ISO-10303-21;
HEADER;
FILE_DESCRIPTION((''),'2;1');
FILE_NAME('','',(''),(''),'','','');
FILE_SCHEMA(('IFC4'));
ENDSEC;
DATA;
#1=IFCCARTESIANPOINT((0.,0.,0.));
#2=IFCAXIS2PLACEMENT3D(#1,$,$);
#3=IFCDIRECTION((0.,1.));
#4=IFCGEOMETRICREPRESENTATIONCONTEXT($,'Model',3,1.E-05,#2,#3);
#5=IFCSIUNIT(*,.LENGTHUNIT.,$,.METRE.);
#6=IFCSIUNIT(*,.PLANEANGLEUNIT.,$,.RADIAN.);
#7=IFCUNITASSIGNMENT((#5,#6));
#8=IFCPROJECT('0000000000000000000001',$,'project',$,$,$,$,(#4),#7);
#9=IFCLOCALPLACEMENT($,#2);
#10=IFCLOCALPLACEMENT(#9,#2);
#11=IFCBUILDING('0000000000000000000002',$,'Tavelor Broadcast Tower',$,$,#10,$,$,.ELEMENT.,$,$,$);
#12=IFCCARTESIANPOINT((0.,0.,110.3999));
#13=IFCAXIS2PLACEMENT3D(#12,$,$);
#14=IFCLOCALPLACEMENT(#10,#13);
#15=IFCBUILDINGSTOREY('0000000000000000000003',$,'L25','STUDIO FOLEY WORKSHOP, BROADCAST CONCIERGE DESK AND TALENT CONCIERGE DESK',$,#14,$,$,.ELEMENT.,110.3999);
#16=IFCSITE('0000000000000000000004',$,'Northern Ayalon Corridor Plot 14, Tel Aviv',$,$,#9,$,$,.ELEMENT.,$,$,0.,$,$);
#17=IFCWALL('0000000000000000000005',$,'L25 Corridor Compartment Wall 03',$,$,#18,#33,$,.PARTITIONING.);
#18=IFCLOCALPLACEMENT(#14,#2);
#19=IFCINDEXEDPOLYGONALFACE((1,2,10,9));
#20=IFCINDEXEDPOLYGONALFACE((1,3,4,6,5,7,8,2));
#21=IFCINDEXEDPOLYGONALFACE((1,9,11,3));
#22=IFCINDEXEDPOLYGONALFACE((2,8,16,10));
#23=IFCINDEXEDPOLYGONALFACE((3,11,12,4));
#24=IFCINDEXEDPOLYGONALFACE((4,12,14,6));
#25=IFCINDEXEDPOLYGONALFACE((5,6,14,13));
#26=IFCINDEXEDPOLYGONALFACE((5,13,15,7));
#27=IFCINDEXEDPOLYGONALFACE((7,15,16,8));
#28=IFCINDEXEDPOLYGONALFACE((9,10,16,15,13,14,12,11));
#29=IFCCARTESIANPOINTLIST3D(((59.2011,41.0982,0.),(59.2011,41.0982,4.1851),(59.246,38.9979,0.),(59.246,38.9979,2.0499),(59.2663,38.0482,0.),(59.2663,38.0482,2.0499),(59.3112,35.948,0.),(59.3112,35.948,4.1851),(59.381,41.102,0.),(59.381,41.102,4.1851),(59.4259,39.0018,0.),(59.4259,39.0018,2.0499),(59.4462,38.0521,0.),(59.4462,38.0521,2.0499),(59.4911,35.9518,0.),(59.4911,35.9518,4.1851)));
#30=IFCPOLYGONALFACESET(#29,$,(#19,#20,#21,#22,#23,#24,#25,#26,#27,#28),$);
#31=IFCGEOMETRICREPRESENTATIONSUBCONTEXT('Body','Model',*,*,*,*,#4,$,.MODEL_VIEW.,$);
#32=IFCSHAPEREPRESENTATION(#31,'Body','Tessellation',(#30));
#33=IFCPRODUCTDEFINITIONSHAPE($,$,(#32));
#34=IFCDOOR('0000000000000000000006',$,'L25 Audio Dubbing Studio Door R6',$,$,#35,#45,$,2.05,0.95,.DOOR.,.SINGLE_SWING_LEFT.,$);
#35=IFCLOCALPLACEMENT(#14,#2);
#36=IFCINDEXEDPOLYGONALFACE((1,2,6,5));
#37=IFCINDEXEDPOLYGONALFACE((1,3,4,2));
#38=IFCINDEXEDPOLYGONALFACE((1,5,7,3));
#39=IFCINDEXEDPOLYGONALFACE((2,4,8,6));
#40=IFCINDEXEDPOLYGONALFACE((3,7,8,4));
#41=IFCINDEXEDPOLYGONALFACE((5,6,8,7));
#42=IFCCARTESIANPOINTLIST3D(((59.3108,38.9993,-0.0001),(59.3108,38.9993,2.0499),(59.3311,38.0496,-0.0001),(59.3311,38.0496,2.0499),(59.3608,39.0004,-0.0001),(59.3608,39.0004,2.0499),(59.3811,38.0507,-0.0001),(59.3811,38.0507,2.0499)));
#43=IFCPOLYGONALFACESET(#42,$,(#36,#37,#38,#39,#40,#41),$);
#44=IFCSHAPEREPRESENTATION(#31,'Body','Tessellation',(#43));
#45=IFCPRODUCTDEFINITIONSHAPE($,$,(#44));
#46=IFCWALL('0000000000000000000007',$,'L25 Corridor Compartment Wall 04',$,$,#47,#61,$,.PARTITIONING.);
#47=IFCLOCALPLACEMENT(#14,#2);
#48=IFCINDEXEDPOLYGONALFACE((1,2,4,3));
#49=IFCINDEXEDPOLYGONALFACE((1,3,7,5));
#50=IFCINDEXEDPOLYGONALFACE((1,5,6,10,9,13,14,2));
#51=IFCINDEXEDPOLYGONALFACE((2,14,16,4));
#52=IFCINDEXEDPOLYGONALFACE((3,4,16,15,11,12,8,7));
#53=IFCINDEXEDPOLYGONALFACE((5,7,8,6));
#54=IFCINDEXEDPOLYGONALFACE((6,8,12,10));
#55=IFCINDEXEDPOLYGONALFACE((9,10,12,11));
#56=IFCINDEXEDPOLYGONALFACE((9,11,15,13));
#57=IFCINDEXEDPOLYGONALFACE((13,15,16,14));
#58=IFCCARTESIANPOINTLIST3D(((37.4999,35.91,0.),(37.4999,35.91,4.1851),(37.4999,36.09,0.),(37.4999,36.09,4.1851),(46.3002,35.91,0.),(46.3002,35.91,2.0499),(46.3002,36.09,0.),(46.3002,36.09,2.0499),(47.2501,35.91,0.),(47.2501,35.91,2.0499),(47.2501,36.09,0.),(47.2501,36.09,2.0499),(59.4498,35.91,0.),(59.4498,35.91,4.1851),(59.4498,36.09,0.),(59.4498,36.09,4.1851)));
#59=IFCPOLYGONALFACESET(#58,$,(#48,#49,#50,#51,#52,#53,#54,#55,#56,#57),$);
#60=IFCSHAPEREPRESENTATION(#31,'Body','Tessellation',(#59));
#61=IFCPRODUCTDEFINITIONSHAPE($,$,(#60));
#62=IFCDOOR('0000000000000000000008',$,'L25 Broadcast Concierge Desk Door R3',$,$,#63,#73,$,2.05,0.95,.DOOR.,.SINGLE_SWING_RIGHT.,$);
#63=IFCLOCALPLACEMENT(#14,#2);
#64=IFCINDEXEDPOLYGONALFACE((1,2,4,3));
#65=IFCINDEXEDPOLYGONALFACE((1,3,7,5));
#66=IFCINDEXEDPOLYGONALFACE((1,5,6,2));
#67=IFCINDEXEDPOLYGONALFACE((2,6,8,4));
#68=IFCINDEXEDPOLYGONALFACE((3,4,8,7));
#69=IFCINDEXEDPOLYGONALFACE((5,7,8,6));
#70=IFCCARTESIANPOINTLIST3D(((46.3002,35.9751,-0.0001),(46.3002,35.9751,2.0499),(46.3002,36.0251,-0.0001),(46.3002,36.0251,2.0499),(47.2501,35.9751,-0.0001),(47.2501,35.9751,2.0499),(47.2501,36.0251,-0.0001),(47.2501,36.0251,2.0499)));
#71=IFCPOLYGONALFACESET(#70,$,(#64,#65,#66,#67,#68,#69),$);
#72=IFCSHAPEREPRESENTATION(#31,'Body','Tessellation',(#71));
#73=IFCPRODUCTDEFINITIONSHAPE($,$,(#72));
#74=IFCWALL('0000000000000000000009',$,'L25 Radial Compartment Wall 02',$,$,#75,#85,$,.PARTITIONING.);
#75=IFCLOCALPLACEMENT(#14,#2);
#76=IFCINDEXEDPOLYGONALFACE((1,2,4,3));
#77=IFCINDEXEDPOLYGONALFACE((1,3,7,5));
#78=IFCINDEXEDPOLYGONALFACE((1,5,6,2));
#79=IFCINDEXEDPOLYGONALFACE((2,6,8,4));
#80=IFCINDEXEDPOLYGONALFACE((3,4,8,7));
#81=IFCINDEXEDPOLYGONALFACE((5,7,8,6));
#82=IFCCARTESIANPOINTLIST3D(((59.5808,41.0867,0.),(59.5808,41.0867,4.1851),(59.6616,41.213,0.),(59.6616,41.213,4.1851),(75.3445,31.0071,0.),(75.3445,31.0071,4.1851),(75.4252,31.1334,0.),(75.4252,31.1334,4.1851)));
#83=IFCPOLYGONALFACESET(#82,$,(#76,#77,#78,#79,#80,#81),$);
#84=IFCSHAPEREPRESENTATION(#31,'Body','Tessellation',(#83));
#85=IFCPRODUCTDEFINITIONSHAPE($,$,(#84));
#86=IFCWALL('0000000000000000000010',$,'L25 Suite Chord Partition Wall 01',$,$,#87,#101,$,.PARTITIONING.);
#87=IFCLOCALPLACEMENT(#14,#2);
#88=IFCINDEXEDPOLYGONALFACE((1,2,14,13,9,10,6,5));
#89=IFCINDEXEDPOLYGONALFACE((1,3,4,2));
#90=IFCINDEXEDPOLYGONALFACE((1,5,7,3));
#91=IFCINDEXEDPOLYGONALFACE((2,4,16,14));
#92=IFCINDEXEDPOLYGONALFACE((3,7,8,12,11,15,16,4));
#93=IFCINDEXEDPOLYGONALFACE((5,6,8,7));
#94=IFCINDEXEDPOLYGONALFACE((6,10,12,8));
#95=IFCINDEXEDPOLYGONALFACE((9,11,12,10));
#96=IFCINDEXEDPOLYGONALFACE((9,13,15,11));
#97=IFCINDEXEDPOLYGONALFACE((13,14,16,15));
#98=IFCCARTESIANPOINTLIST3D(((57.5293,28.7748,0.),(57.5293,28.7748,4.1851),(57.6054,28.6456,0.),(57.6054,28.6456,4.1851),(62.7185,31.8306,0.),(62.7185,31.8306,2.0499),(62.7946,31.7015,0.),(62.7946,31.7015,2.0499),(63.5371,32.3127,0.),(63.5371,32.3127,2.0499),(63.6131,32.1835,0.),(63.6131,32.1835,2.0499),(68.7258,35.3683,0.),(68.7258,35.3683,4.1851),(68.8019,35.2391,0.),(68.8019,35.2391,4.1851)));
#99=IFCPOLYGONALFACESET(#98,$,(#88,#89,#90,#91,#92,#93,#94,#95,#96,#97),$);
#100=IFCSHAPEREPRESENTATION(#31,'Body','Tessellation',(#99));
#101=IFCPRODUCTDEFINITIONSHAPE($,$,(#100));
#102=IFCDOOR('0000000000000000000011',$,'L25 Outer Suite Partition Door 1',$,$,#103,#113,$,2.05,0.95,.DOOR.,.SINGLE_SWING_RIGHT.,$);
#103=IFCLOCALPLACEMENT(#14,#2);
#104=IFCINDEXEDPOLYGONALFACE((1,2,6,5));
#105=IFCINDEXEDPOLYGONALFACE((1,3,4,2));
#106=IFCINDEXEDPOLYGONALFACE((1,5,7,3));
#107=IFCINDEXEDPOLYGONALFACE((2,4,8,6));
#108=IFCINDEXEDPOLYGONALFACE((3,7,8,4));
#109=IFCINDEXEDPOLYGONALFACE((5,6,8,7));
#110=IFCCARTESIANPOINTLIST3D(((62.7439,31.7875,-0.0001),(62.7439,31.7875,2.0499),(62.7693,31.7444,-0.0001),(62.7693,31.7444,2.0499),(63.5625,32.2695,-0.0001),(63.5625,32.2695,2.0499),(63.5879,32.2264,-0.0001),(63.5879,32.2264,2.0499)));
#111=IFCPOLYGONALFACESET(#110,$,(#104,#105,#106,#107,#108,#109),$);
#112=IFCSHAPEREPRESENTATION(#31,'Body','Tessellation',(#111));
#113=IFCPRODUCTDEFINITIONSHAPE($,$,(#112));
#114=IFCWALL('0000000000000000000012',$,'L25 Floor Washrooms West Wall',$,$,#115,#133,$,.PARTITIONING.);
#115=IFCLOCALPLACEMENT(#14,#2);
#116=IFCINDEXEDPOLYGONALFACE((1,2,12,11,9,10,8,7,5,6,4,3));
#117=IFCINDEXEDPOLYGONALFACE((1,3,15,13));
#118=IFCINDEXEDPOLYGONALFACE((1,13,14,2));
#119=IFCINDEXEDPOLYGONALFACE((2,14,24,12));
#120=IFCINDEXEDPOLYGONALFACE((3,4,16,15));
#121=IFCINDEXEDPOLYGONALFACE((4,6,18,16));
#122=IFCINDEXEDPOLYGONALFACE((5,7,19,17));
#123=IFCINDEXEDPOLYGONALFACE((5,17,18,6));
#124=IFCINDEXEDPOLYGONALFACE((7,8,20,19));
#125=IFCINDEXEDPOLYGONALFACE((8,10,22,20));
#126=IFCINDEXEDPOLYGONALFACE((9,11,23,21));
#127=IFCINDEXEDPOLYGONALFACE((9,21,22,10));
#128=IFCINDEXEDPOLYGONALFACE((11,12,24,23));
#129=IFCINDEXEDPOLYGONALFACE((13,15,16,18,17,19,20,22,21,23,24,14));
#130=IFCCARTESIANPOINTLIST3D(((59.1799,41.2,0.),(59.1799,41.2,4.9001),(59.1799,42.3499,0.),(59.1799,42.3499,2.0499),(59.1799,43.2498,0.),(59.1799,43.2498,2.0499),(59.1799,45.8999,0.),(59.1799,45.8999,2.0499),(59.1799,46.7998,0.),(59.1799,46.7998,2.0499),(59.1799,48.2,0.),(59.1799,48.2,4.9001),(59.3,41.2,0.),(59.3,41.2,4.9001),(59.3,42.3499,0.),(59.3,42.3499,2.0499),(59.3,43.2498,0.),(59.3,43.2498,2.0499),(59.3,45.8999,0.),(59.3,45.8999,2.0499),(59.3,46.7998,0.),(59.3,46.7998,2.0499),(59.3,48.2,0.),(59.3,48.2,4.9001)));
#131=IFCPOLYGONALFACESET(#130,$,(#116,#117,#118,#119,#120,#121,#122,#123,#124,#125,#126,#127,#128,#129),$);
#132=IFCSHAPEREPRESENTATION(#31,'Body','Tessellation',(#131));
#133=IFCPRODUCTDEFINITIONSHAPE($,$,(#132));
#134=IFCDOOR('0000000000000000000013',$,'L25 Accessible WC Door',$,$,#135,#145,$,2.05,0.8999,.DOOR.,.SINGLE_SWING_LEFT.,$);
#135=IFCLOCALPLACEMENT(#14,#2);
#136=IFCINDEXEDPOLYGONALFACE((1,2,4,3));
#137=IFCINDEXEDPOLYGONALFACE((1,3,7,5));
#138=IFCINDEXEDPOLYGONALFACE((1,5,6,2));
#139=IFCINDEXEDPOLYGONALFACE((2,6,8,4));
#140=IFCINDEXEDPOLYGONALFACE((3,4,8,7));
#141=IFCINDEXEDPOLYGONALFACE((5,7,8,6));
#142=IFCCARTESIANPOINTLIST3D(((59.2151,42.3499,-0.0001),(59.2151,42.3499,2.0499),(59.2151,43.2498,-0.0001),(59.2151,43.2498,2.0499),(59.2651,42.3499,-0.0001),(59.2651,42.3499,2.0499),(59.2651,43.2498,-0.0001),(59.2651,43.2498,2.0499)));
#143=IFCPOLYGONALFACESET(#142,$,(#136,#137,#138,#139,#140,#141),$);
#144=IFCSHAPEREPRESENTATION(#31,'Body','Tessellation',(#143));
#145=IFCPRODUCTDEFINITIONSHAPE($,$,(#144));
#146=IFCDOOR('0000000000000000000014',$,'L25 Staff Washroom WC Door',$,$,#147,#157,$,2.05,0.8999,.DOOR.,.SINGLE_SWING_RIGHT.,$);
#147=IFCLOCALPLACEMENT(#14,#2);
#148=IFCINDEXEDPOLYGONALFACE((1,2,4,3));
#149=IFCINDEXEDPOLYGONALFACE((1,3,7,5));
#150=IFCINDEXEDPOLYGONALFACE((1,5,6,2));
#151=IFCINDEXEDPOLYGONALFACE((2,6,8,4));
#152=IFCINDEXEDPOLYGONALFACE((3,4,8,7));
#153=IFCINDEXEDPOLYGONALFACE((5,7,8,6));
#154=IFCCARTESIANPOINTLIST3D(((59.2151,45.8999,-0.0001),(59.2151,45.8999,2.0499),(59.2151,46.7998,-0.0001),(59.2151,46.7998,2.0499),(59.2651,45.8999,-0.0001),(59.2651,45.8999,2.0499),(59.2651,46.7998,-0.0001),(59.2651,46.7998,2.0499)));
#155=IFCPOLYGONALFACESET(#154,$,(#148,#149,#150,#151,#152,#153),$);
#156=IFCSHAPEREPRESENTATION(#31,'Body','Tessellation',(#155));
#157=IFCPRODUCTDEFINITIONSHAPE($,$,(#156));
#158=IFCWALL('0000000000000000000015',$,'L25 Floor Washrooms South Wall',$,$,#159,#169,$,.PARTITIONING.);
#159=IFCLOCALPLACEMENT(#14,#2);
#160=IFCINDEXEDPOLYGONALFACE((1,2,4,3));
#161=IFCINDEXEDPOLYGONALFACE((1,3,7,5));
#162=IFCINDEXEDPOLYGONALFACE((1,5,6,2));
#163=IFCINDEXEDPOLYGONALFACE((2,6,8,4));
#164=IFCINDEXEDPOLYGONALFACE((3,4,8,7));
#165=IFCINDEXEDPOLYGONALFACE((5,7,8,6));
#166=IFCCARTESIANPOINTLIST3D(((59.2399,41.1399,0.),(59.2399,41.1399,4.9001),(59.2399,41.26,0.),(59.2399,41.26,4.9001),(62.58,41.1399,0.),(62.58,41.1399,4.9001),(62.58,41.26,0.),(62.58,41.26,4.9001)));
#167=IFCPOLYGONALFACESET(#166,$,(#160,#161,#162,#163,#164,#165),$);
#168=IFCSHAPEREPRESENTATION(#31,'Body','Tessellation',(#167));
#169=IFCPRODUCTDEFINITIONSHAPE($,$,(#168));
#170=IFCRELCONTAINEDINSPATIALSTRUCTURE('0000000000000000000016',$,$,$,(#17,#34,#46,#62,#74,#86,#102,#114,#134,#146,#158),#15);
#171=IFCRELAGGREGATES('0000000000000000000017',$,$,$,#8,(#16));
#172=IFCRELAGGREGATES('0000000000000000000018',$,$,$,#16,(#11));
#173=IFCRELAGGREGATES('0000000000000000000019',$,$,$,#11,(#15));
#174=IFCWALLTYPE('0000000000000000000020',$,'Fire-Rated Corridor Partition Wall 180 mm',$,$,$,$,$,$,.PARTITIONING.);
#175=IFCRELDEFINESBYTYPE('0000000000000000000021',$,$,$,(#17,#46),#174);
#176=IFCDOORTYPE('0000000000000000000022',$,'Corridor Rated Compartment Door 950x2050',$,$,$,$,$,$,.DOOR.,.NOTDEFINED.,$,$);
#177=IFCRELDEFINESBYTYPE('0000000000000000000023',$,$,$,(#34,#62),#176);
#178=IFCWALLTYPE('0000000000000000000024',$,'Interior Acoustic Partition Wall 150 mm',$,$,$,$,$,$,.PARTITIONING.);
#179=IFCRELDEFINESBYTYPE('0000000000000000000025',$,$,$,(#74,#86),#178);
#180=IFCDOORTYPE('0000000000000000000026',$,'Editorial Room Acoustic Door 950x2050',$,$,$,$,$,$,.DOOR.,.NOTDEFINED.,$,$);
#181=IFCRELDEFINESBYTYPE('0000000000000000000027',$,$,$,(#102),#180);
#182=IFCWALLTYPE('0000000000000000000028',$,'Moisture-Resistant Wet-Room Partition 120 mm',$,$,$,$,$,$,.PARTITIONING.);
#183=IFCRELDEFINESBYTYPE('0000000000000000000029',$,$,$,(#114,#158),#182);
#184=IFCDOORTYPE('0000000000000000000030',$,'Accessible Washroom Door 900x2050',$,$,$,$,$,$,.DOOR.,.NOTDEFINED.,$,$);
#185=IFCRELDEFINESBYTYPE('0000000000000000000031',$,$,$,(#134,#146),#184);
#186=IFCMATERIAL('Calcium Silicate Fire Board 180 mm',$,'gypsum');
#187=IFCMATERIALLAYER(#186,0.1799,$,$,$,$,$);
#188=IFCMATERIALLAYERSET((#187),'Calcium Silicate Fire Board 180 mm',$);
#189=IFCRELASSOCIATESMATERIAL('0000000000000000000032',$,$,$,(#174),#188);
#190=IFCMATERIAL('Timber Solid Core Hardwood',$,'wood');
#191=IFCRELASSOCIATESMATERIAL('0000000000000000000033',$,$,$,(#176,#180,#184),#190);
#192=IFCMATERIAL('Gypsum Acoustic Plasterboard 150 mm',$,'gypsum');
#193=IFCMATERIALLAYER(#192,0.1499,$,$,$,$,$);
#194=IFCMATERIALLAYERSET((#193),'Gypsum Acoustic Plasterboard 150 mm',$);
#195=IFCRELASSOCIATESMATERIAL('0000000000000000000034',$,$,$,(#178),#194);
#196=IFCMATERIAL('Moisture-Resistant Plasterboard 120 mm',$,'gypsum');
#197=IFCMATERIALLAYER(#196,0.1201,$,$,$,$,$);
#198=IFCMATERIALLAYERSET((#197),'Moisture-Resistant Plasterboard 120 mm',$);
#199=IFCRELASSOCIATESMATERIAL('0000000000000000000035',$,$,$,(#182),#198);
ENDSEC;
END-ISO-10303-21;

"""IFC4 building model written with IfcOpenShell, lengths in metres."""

from ifc_helpers import new_model, si_unit, direction, frame, frame_2d, origin, place, context, subcontext, project, spatial, rectangle, extrude, material, layer, layer_set, type_object, element, fill, save


model = new_model("IFC4")

# Units and contexts
model_context = context("Model", 3, precision=1e-05, world=origin(), true_north=direction((0.0, 1.0)))
body_context = subcontext(model_context, "Body", "Model", "MODEL_VIEW")
ifc_project = project(units=[si_unit("LENGTHUNIT", "METRE"), si_unit("PLANEANGLEUNIT", "RADIAN")], contexts=[model_context])

# Site, building, storey
site_placement = place(None, origin())
site = spatial("IfcSite", under=ifc_project, at=site_placement, Name="Northern Ayalon Corridor Plot 14, Tel Aviv", CompositionType="ELEMENT", RefElevation=0.0)
building_placement = place(site_placement, origin())
building = spatial("IfcBuilding", under=site, at=building_placement, Name="Tavelor Broadcast Tower", CompositionType="ELEMENT")
storey_placement = place(building_placement, frame((0.0, 0.0, 110.3999)))
storey = spatial("IfcBuildingStorey", under=building, at=storey_placement, Name="L25", Description="STUDIO FOLEY WORKSHOP, BROADCAST CONCIERGE DESK AND TALENT CONCIERGE DESK", CompositionType="ELEMENT", Elevation=110.3999)

# Walls, openings, doors
ifc_material_1 = material(Name="Calcium Silicate Fire Board 180 mm", Category="gypsum")
ifc_layer_1 = layer(ifc_material_1, 0.1799)
ifc_layer_set_1 = layer_set([ifc_layer_1], Name="Calcium Silicate Fire Board 180 mm")
wall_type_1 = type_object("IfcWallType", Name="Fire-Rated Corridor Partition Wall 180 mm", PredefinedType="PARTITIONING", material=ifc_layer_set_1)
wall_1_placement = place(storey_placement, frame((59.291, 41.1001, 0.0), z_axis=(0.0, 0.0, 1.0), x_axis=(0.021375, -0.999772, 0.0)))
wall_1 = element("IfcWall", 1, at=wall_1_placement, inside=storey, type_object=wall_type_1, Name="L25 Corridor Compartment Wall 03", PredefinedType="PARTITIONING", context=body_context, shape_type="SweptSolid", body=[
    extrude(rectangle(XDim=5.1514, YDim=0.1799, at=frame_2d((2.5757, 0.0))), origin(), (0.0, 0.0, 1.0), 4.1851),
])
opening_1_placement = place(wall_1_placement, frame((2.1006, 0.0, 0.0)))
opening_1 = element("IfcOpeningElement", 2, at=opening_1_placement, cuts=wall_1, PredefinedType="OPENING", context=body_context, shape_type="SweptSolid", body=[
    extrude(rectangle(XDim=0.95, YDim=2.05, at=frame_2d((0.4751, 1.0249))), frame((0.0, 0.1001, 0.0), z_axis=(0.0, -1.0, 0.0), x_axis=(1.0, 0.0, 0.0)), (0.0, 0.0, 1.0), 0.2),
])
ifc_material_2 = material(Name="Timber Solid Core Hardwood", Category="wood")
door_type_1 = type_object("IfcDoorType", Name="Corridor Rated Compartment Door 950x2050", OperationType="NOTDEFINED", PredefinedType="DOOR", material=ifc_material_2)
door_1_placement = place(opening_1_placement, origin())
door_1 = element("IfcDoor", 3, at=door_1_placement, inside=storey, type_object=door_type_1, Name="L25 Audio Dubbing Studio Door R6", OperationType="SINGLE_SWING_LEFT", OverallHeight=2.05, OverallWidth=0.95, PredefinedType="DOOR", context=body_context, shape_type="SweptSolid", body=[
    extrude(rectangle(XDim=0.95, YDim=2.05, at=frame_2d((0.4751, 1.0249))), frame((0.0, 0.0249, 0.0), z_axis=(0.0, -1.0, 0.0), x_axis=(1.0, 0.0, 0.0)), (0.0, 0.0, 1.0), 0.05),
])
fill(opening_1, door_1)
wall_2_placement = place(storey_placement, frame((59.45, 36.0, 0.0), z_axis=(0.0, 0.0, 1.0), x_axis=(-1.0, 0.0, 0.0)))
wall_2 = element("IfcWall", 4, at=wall_2_placement, inside=storey, type_object=wall_type_1, Name="L25 Corridor Compartment Wall 04", PredefinedType="PARTITIONING", context=body_context, shape_type="SweptSolid", body=[
    extrude(rectangle(XDim=21.95, YDim=0.1799, at=frame_2d((10.9751, 0.0))), origin(), (0.0, 0.0, 1.0), 4.1851),
])
opening_2_placement = place(wall_2_placement, frame((12.1997, 0.0, 0.0)))
opening_2 = element("IfcOpeningElement", 5, at=opening_2_placement, cuts=wall_2, PredefinedType="OPENING", context=body_context, shape_type="SweptSolid", body=[
    extrude(rectangle(XDim=0.95, YDim=2.05, at=frame_2d((0.4751, 1.0249))), frame((0.0, 0.1001, 0.0), z_axis=(0.0, -1.0, 0.0), x_axis=(1.0, 0.0, 0.0)), (0.0, 0.0, 1.0), 0.2),
])
door_2_placement = place(opening_2_placement, origin())
door_2 = element("IfcDoor", 6, at=door_2_placement, inside=storey, type_object=door_type_1, Name="L25 Broadcast Concierge Desk Door R3", OperationType="SINGLE_SWING_RIGHT", OverallHeight=2.05, OverallWidth=0.95, PredefinedType="DOOR", context=body_context, shape_type="SweptSolid", body=[
    extrude(rectangle(XDim=0.95, YDim=2.05, at=frame_2d((0.4751, 1.0249))), frame((0.0, 0.0249, 0.0), z_axis=(0.0, -1.0, 0.0), x_axis=(1.0, 0.0, 0.0)), (0.0, 0.0, 1.0), 0.05),
])
fill(opening_2, door_2)

# Wall
ifc_material_3 = material(Name="Gypsum Acoustic Plasterboard 150 mm", Category="gypsum")
ifc_layer_2 = layer(ifc_material_3, 0.1499)
ifc_layer_set_2 = layer_set([ifc_layer_2], Name="Gypsum Acoustic Plasterboard 150 mm")
wall_type_2 = type_object("IfcWallType", Name="Interior Acoustic Partition Wall 150 mm", PredefinedType="PARTITIONING", material=ifc_layer_set_2)
wall_3_placement = place(storey_placement, frame((59.6211, 41.1499, 0.0), z_axis=(0.0, 0.0, 1.0), x_axis=(0.842494, -0.538706, 0.0)))
element("IfcWall", 7, at=wall_3_placement, inside=storey, type_object=wall_type_2, Name="L25 Radial Compartment Wall 02", PredefinedType="PARTITIONING", context=body_context, shape_type="SweptSolid", body=[
    extrude(rectangle(XDim=18.7107, YDim=0.1499, at=frame_2d((9.3555, 0.0))), origin(), (0.0, 0.0, 1.0), 4.1851),
])

# Wall, opening, door
wall_4_placement = place(storey_placement, frame((57.5674, 28.7102, 0.0), z_axis=(0.0, 0.0, 1.0), x_axis=(0.861688, 0.507438, 0.0)))
wall_4 = element("IfcWall", 8, at=wall_4_placement, inside=storey, type_object=wall_type_2, Name="L25 Suite Chord Partition Wall 01", PredefinedType="PARTITIONING", context=body_context, shape_type="SweptSolid", body=[
    extrude(rectangle(XDim=12.9937, YDim=0.1499, at=frame_2d((6.4968, 0.0))), origin(), (0.0, 0.0, 1.0), 4.1851),
])
opening_3_placement = place(wall_4_placement, frame((6.022, 0.0, 0.0)))
opening_3 = element("IfcOpeningElement", 9, at=opening_3_placement, cuts=wall_4, PredefinedType="OPENING", context=body_context, shape_type="SweptSolid", body=[
    extrude(rectangle(XDim=0.95, YDim=2.05, at=frame_2d((0.4751, 1.0249))), frame((0.0, 0.085, 0.0), z_axis=(0.0, -1.0, 0.0), x_axis=(1.0, 0.0, 0.0)), (0.0, 0.0, 1.0), 0.1699),
])
door_type_2 = type_object("IfcDoorType", Name="Editorial Room Acoustic Door 950x2050", OperationType="NOTDEFINED", PredefinedType="DOOR", material=ifc_material_2)
door_3_placement = place(opening_3_placement, origin())
door_3 = element("IfcDoor", 10, at=door_3_placement, inside=storey, type_object=door_type_2, Name="L25 Outer Suite Partition Door 1", OperationType="SINGLE_SWING_RIGHT", OverallHeight=2.05, OverallWidth=0.95, PredefinedType="DOOR", context=body_context, shape_type="SweptSolid", body=[
    extrude(rectangle(XDim=0.95, YDim=2.05, at=frame_2d((0.4751, 1.0249))), frame((0.0, 0.0249, 0.0), z_axis=(0.0, -1.0, 0.0), x_axis=(1.0, 0.0, 0.0)), (0.0, 0.0, 1.0), 0.05),
])
fill(opening_3, door_3)

# Wall, openings, doors
ifc_material_4 = material(Name="Moisture-Resistant Plasterboard 120 mm", Category="gypsum")
ifc_layer_3 = layer(ifc_material_4, 0.1201)
ifc_layer_set_3 = layer_set([ifc_layer_3], Name="Moisture-Resistant Plasterboard 120 mm")
wall_type_3 = type_object("IfcWallType", Name="Moisture-Resistant Wet-Room Partition 120 mm", PredefinedType="PARTITIONING", material=ifc_layer_set_3)
wall_5_placement = place(storey_placement, frame((59.24, 41.2, 0.0), z_axis=(0.0, 0.0, 1.0), x_axis=(0.0, 1.0, 0.0)))
wall_5 = element("IfcWall", 11, at=wall_5_placement, inside=storey, type_object=wall_type_3, Name="L25 Floor Washrooms West Wall", PredefinedType="PARTITIONING", context=body_context, shape_type="SweptSolid", body=[
    extrude(rectangle(XDim=7.0, YDim=0.1201, at=frame_2d((3.5, 0.0))), origin(), (0.0, 0.0, 1.0), 4.9001),
])
opening_4_placement = place(wall_5_placement, frame((1.1499, 0.0, 0.0)))
opening_4 = element("IfcOpeningElement", 12, at=opening_4_placement, cuts=wall_5, PredefinedType="OPENING", context=body_context, shape_type="SweptSolid", body=[
    extrude(rectangle(XDim=0.8999, YDim=2.05, at=frame_2d((0.45, 1.0249))), frame((0.0, 0.0701, 0.0), z_axis=(0.0, -1.0, 0.0), x_axis=(1.0, 0.0, 0.0)), (0.0, 0.0, 1.0), 0.1401),
])
opening_5_placement = place(wall_5_placement, frame((4.7, 0.0, 0.0)))
opening_5 = element("IfcOpeningElement", 13, at=opening_5_placement, cuts=wall_5, PredefinedType="OPENING", context=body_context, shape_type="SweptSolid", body=[
    extrude(rectangle(XDim=0.8999, YDim=2.05, at=frame_2d((0.45, 1.0249))), frame((0.0, 0.0701, 0.0), z_axis=(0.0, -1.0, 0.0), x_axis=(1.0, 0.0, 0.0)), (0.0, 0.0, 1.0), 0.1401),
])
door_type_3 = type_object("IfcDoorType", Name="Accessible Washroom Door 900x2050", OperationType="NOTDEFINED", PredefinedType="DOOR", material=ifc_material_2)
door_4_placement = place(opening_4_placement, origin())
door_4 = element("IfcDoor", 14, at=door_4_placement, inside=storey, type_object=door_type_3, Name="L25 Accessible WC Door", OperationType="SINGLE_SWING_LEFT", OverallHeight=2.05, OverallWidth=0.8999, PredefinedType="DOOR", context=body_context, shape_type="SweptSolid", body=[
    extrude(rectangle(XDim=0.8999, YDim=2.05, at=frame_2d((0.45, 1.0249))), frame((0.0, 0.0249, 0.0), z_axis=(0.0, -1.0, 0.0), x_axis=(1.0, 0.0, 0.0)), (0.0, 0.0, 1.0), 0.05),
])
fill(opening_4, door_4)
door_5_placement = place(opening_5_placement, origin())
door_5 = element("IfcDoor", 15, at=door_5_placement, inside=storey, type_object=door_type_3, Name="L25 Staff Washroom WC Door", OperationType="SINGLE_SWING_RIGHT", OverallHeight=2.05, OverallWidth=0.8999, PredefinedType="DOOR", context=body_context, shape_type="SweptSolid", body=[
    extrude(rectangle(XDim=0.8999, YDim=2.05, at=frame_2d((0.45, 1.0249))), frame((0.0, 0.0249, 0.0), z_axis=(0.0, -1.0, 0.0), x_axis=(1.0, 0.0, 0.0)), (0.0, 0.0, 1.0), 0.05),
])
fill(opening_5, door_5)

# Wall
wall_6_placement = place(storey_placement, frame((59.24, 41.2, 0.0), z_axis=(0.0, 0.0, 1.0), x_axis=(1.0, 0.0, 0.0)))
element("IfcWall", 16, at=wall_6_placement, inside=storey, type_object=wall_type_3, Name="L25 Floor Washrooms South Wall", PredefinedType="PARTITIONING", context=body_context, shape_type="SweptSolid", body=[
    extrude(rectangle(XDim=3.3401, YDim=0.1201, at=frame_2d((1.6699, 0.0))), origin(), (0.0, 0.0, 1.0), 4.9001),
])

save(model, "model.ifc")
